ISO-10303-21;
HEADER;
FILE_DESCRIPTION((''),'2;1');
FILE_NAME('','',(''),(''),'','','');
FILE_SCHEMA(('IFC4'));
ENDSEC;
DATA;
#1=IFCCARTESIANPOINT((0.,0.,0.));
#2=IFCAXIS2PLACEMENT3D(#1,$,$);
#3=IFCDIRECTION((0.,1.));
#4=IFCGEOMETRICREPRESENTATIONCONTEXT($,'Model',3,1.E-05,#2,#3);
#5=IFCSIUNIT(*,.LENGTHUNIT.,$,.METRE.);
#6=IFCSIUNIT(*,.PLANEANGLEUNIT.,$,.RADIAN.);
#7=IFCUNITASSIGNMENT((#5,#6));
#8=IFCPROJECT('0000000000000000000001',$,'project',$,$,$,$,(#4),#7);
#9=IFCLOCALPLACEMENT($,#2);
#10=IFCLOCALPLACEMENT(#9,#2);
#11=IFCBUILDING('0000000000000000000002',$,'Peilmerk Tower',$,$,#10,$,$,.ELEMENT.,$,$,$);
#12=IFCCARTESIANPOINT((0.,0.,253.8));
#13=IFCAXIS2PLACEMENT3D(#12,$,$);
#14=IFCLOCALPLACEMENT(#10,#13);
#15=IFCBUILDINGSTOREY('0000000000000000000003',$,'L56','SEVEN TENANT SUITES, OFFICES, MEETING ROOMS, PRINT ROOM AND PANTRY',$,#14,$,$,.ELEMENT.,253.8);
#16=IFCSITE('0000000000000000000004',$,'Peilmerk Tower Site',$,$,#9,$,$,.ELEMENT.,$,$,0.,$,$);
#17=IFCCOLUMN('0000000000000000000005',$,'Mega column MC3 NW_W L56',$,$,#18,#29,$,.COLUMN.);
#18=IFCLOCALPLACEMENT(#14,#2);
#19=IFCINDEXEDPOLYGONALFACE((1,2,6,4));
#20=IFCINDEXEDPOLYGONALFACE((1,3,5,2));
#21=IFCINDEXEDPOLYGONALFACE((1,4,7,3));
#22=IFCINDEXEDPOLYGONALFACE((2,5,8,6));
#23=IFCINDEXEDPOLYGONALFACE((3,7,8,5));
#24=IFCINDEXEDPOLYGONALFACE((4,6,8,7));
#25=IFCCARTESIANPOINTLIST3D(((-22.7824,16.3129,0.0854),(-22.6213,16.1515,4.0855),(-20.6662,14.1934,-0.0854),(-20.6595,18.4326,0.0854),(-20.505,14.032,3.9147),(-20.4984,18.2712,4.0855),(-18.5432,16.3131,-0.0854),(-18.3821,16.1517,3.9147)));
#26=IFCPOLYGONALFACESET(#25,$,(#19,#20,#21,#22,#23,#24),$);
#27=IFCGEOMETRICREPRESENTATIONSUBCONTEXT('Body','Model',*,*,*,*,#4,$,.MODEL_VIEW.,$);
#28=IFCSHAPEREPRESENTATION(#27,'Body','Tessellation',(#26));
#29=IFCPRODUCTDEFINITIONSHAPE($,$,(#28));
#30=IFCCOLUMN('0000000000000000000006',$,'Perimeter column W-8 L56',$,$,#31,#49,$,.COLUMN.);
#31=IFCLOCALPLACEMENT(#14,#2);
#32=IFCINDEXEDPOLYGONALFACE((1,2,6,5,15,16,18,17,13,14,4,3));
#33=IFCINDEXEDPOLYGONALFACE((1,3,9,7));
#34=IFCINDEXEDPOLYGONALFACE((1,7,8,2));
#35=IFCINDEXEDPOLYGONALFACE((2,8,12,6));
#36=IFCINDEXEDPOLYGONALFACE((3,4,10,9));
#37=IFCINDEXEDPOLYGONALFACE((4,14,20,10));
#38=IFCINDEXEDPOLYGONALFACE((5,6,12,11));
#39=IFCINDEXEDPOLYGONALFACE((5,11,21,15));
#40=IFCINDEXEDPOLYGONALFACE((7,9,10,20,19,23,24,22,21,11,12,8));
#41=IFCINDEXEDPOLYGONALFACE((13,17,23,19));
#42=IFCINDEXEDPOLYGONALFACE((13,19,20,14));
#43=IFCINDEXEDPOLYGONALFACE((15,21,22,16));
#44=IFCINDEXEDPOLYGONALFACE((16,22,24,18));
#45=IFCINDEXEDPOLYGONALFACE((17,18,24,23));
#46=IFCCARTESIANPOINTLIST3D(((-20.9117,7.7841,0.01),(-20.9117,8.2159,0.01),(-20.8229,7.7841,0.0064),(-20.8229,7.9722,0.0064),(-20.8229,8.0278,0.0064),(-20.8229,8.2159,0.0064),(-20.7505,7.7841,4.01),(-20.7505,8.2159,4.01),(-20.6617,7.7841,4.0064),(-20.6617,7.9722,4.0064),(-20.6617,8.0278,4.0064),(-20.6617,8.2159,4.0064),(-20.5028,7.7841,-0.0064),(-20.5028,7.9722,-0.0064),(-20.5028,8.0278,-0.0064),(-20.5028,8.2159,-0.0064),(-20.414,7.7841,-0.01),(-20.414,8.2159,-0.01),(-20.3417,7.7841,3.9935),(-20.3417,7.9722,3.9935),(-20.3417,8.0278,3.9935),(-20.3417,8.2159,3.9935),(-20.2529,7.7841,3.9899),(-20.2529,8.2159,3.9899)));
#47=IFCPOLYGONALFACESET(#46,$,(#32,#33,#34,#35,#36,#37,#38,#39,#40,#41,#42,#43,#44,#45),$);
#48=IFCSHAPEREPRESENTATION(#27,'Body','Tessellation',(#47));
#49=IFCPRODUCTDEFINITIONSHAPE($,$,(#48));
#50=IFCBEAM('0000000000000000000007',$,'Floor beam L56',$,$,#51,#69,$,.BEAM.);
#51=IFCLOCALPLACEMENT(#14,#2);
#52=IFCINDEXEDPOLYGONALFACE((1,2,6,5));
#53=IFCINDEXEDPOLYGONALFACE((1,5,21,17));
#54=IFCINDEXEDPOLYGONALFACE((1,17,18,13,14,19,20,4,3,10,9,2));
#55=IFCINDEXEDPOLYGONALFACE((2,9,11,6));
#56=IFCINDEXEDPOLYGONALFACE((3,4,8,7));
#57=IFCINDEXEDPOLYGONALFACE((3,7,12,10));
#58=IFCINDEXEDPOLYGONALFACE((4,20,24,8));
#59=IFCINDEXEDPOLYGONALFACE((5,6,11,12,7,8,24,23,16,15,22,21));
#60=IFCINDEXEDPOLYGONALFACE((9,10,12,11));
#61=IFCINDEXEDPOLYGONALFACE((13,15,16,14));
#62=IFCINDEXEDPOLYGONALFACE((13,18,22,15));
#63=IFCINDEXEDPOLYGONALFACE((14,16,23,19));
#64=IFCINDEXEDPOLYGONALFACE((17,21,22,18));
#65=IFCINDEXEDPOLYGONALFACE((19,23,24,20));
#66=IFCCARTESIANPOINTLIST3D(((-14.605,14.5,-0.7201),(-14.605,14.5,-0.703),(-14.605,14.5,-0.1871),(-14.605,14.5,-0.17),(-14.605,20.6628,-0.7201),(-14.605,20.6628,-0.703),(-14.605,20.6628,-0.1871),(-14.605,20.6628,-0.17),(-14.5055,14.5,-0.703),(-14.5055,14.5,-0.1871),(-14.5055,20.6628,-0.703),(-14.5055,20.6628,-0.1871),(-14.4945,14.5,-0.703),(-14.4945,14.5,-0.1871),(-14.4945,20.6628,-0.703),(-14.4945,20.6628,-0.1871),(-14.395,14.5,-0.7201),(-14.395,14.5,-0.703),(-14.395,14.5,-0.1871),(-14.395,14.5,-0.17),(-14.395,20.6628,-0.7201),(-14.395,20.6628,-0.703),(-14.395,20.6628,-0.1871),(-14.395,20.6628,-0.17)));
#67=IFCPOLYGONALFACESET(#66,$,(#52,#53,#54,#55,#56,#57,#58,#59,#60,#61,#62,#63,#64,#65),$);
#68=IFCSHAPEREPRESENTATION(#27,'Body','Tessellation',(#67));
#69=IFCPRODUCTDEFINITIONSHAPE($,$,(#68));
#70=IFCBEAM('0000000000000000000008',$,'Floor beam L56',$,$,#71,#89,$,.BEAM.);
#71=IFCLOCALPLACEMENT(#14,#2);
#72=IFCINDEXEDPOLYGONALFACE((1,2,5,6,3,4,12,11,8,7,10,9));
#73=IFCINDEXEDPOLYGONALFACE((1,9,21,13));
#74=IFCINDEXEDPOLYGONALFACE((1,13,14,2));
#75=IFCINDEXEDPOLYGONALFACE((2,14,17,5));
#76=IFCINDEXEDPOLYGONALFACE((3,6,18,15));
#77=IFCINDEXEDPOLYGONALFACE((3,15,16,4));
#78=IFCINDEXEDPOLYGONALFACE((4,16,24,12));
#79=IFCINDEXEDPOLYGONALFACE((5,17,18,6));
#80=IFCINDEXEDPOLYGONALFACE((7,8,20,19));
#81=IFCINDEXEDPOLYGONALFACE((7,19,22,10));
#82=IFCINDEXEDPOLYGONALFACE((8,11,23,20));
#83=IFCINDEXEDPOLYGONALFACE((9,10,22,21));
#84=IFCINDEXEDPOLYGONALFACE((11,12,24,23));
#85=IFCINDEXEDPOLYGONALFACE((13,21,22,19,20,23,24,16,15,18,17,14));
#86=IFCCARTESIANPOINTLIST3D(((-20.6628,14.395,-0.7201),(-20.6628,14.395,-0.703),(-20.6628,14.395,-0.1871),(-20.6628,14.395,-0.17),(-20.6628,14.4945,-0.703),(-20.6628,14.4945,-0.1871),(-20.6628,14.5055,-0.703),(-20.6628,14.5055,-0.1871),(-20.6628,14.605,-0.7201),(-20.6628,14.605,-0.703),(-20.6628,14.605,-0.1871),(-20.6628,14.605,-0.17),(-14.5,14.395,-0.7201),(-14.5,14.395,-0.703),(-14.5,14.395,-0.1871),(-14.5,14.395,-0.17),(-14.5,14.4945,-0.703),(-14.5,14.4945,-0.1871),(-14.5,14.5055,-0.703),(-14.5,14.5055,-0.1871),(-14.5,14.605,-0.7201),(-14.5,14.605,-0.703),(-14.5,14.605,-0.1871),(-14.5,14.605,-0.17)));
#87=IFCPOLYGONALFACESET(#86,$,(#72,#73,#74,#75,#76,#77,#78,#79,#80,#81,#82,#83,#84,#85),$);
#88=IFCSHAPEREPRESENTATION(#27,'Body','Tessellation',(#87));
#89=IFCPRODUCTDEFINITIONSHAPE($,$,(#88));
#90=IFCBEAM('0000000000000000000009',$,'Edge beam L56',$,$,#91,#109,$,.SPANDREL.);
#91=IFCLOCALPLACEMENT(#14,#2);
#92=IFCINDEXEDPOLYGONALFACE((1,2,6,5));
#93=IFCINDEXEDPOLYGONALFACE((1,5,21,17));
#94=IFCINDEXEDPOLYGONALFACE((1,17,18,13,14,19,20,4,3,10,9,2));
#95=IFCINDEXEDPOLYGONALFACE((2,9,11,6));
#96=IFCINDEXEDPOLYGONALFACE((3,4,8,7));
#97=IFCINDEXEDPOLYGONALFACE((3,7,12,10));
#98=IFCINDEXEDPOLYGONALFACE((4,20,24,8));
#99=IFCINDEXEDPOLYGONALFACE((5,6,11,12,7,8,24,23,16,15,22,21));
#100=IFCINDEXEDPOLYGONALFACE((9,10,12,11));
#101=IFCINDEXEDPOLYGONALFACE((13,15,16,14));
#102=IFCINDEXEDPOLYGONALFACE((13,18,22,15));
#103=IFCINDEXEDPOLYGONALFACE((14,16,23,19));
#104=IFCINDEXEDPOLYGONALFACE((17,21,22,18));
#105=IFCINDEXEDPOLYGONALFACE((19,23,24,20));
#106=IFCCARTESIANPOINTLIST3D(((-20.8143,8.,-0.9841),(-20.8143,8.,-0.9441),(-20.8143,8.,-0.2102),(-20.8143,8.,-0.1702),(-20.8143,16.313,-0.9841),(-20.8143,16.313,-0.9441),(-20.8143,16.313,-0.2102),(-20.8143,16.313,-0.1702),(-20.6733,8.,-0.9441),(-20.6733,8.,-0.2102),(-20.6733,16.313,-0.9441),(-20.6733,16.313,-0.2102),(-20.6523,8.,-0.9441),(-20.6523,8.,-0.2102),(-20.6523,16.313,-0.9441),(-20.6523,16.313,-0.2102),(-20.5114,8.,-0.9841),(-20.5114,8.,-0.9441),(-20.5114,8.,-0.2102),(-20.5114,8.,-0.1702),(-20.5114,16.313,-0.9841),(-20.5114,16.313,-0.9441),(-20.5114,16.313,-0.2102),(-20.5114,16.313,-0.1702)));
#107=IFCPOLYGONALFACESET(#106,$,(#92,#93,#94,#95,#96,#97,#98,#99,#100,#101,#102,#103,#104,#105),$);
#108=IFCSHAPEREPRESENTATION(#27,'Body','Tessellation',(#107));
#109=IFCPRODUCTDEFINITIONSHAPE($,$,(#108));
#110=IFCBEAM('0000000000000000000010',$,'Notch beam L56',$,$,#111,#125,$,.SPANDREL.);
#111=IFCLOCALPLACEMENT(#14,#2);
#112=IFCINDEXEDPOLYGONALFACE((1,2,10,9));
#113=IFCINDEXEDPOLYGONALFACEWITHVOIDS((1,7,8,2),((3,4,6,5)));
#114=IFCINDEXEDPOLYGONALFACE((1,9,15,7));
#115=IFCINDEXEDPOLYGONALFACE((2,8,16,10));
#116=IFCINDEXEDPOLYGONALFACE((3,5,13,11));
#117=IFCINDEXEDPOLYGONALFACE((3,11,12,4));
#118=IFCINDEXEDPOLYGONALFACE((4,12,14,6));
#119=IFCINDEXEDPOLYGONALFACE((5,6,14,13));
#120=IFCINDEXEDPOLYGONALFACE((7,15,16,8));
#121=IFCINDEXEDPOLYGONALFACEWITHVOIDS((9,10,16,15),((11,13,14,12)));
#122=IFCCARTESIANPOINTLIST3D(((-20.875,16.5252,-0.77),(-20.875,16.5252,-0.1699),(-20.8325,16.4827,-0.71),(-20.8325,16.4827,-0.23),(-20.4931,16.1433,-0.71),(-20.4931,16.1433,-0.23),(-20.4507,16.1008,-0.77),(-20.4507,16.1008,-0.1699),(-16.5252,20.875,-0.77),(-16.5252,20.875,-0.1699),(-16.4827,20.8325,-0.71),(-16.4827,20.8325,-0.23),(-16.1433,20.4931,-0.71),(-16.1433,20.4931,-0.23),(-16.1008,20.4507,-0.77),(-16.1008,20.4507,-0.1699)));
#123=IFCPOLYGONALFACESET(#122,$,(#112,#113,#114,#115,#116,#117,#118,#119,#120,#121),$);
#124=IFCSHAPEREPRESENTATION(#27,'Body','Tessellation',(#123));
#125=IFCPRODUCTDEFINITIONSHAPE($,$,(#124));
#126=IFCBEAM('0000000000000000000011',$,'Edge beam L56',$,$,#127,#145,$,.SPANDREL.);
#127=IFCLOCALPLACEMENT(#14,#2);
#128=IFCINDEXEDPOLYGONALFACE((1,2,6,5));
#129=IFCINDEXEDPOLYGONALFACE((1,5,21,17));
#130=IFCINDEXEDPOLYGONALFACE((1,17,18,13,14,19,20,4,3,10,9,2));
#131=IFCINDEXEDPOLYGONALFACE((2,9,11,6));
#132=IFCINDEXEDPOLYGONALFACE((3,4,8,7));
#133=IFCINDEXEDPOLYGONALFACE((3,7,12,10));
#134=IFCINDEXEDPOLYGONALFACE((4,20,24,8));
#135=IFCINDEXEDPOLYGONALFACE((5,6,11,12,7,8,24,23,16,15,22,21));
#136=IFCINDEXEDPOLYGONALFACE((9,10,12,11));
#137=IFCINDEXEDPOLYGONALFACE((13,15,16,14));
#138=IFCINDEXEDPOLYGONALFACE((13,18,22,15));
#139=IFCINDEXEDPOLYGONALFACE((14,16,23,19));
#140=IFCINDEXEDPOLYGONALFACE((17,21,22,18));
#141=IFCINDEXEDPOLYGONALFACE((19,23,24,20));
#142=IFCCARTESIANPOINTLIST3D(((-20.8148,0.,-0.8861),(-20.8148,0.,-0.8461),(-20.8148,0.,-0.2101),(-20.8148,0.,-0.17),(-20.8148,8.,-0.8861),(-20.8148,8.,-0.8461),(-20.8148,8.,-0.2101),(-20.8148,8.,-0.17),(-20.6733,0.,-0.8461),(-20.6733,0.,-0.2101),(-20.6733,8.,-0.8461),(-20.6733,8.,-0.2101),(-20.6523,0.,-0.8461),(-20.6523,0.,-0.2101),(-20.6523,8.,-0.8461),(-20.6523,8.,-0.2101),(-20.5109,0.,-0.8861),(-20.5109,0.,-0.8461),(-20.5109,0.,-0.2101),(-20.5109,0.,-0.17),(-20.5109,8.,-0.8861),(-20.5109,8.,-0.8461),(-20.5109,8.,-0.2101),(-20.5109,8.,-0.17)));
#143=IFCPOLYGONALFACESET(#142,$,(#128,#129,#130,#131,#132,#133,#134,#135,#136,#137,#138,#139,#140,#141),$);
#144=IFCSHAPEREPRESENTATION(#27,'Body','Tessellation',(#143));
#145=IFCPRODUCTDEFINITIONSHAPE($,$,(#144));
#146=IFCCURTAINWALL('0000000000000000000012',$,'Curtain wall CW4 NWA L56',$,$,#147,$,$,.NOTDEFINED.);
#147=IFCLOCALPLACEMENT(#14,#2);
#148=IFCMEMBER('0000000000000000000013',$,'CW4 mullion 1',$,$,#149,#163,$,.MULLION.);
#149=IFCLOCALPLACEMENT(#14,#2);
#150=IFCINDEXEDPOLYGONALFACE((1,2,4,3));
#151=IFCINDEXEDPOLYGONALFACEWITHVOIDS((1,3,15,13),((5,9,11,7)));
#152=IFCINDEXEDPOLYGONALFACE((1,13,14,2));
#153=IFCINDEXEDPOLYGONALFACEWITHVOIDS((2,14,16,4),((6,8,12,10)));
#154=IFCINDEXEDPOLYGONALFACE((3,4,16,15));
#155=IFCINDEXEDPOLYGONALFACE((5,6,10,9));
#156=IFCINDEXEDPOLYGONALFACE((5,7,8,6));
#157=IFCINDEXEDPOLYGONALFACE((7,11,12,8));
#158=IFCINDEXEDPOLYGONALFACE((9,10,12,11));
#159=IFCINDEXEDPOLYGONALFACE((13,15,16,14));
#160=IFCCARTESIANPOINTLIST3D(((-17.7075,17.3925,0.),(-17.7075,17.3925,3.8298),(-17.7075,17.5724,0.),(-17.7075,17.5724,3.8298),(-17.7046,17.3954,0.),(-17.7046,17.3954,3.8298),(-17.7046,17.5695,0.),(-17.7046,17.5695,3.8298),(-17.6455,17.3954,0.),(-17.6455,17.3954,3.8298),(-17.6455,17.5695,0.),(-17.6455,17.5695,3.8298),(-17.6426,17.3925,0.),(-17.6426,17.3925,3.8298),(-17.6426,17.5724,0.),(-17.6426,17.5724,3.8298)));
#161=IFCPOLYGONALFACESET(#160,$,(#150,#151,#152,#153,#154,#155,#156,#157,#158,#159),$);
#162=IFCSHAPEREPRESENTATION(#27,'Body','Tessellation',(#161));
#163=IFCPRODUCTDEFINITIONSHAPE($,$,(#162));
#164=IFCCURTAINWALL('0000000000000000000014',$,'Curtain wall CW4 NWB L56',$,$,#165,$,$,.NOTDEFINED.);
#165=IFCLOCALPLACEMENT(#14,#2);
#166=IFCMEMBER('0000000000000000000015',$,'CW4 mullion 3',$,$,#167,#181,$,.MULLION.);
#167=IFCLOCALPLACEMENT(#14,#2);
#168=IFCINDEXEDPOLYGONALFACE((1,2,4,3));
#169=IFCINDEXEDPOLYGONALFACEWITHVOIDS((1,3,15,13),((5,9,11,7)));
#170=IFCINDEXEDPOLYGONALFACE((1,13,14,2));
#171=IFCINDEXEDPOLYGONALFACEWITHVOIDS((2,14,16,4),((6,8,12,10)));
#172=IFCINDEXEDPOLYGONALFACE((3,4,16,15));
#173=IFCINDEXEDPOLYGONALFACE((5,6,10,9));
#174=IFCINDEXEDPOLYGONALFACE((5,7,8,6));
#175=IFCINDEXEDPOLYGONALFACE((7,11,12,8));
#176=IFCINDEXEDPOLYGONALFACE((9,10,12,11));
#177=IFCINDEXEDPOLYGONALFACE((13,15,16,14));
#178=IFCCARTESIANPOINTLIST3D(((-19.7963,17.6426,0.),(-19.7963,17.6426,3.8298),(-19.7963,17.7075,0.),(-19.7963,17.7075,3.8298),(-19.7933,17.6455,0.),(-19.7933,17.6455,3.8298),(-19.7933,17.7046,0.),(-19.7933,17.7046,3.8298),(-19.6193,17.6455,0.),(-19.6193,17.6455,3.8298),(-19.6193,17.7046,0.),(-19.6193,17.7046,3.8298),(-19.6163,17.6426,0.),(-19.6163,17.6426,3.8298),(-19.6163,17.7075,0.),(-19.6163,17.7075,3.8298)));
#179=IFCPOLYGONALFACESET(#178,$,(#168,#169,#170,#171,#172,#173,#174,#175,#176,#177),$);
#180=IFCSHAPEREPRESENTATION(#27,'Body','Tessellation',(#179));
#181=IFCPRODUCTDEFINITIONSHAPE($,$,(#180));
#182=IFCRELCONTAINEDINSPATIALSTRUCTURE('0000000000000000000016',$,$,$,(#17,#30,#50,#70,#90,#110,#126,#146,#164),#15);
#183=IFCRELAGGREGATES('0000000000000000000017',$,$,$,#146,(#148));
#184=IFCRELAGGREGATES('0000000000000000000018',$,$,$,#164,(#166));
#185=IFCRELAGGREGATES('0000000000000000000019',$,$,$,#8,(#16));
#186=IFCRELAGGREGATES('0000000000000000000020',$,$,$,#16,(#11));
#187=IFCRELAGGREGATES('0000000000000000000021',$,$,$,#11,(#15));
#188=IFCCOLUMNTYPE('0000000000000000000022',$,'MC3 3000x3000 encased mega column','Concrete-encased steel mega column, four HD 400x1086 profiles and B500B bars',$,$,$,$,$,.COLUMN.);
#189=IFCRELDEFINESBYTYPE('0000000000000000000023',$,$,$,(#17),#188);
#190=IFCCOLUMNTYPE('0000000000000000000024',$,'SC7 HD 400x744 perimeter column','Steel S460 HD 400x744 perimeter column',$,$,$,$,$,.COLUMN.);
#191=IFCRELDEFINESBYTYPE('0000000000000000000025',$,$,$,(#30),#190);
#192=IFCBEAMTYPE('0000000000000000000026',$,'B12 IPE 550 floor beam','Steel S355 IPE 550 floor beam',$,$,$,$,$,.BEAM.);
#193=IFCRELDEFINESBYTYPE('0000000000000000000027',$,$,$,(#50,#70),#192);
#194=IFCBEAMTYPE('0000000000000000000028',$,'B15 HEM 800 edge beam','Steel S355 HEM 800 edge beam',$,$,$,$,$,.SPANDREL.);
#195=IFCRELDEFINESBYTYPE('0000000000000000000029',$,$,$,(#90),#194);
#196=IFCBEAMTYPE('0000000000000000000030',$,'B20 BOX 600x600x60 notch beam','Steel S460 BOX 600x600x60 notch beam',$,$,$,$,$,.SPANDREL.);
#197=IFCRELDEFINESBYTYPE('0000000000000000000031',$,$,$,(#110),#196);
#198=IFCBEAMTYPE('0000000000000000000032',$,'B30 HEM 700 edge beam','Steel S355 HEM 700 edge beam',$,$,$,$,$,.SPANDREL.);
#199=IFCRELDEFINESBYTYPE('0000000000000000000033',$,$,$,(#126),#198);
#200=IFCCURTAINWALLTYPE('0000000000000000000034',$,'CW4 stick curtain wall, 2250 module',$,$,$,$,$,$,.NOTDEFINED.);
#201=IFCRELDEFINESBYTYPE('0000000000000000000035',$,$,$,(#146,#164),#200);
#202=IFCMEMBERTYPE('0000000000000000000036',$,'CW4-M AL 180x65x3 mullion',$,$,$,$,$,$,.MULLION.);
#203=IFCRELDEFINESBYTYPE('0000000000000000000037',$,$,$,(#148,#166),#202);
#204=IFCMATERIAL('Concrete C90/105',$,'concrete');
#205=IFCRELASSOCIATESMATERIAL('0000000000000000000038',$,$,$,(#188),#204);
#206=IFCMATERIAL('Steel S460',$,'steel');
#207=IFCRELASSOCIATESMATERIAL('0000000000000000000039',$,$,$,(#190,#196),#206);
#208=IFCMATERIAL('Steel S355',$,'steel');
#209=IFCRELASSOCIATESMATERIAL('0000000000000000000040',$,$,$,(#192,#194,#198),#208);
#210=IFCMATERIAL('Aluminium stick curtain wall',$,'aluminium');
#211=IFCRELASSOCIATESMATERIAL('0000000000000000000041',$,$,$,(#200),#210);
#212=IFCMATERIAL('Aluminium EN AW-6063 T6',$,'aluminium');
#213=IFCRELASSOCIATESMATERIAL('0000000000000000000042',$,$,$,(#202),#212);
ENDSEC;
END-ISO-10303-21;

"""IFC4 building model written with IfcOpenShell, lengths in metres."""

from ifc_helpers import new_model, si_unit, direction, frame, origin, origin_2d, place, context, subcontext, project, spatial, rectangle, hollow_rectangle, i_section, extrude, material, material_profile, profile_set, type_object, element, aggregate, save


model = new_model("IFC4")

# Units and contexts
model_context = context("Model", 3, precision=1e-05, world=origin(), true_north=direction((0.0, 1.0)))
body_context = subcontext(model_context, "Body", "Model", "MODEL_VIEW")
ifc_project = project(units=[si_unit("LENGTHUNIT", "METRE"), si_unit("PLANEANGLEUNIT", "RADIAN")], contexts=[model_context])

# Site, building, storey
site_placement = place(None, origin())
site = spatial("IfcSite", under=ifc_project, at=site_placement, Name="Peilmerk Tower Site", CompositionType="ELEMENT", RefElevation=0.0)
building_placement = place(site_placement, origin())
building = spatial("IfcBuilding", under=site, at=building_placement, Name="Peilmerk Tower", CompositionType="ELEMENT")
storey_placement = place(building_placement, frame((0.0, 0.0, 253.8)))
storey = spatial("IfcBuildingStorey", under=building, at=storey_placement, Name="L56", Description="SEVEN TENANT SUITES, OFFICES, MEETING ROOMS, PRINT ROOM AND PANTRY", CompositionType="ELEMENT", Elevation=253.8)

# Columns
ifc_material_1 = material(Name="Concrete C90/105", Category="concrete")
ifc_material_profile_1 = material_profile(ifc_material_1, rectangle(XDim=3.0, YDim=3.0, at=origin_2d()), Name="RC 3000x3000")
ifc_profile_set_1 = profile_set([ifc_material_profile_1], Name="Concrete C90/105")
column_type_1 = type_object("IfcColumnType", Name="MC3 3000x3000 encased mega column", Description="Concrete-encased steel mega column, four HD 400x1086 profiles and B500B bars", PredefinedType="COLUMN", material=ifc_profile_set_1)
column_1_placement = place(storey_placement, frame((-20.6628, 16.313, 0.0), z_axis=(0.040218, -0.040279, 0.998379), x_axis=(0.707642, 0.706571, 0.0)))
element("IfcColumn", 1, at=column_1_placement, inside=storey, type_object=column_type_1, Name="Mega column MC3 NW_W L56", PredefinedType="COLUMN", context=body_context, shape_type="SweptSolid", body=[
    extrude(rectangle(XDim=3.0, YDim=3.0, at=origin_2d()), origin(), (0.0, 0.0, 1.0), 4.0066),
])
ifc_material_2 = material(Name="Steel S460", Category="steel")
ifc_material_profile_2 = material_profile(ifc_material_2, i_section(OverallWidth=0.4319, OverallDepth=0.498, WebThickness=0.0557, FlangeThickness=0.0889, at=origin_2d()), Name="HD 400x744")
ifc_profile_set_2 = profile_set([ifc_material_profile_2], Name="Steel S460")
column_type_2 = type_object("IfcColumnType", Name="SC7 HD 400x744 perimeter column", Description="Steel S460 HD 400x744 perimeter column", PredefinedType="COLUMN", material=ifc_profile_set_2)
column_2_placement = place(storey_placement, frame((-20.6628, 8.0, 0.0), z_axis=(0.040251, 0.0, 0.99919), x_axis=(0.0, 1.0, 0.0)))
element("IfcColumn", 2, at=column_2_placement, inside=storey, type_object=column_type_2, Name="Perimeter column W-8 L56", PredefinedType="COLUMN", context=body_context, shape_type="SweptSolid", body=[
    extrude(i_section(OverallWidth=0.4319, OverallDepth=0.498, WebThickness=0.0557, FlangeThickness=0.0889, at=origin_2d()), origin(), (0.0, 0.0, 1.0), 4.0032),
])

# Beams
ifc_material_3 = material(Name="Steel S355", Category="steel")
ifc_material_profile_3 = material_profile(ifc_material_3, i_section(OverallWidth=0.21, OverallDepth=0.55, WebThickness=0.011, FlangeThickness=0.0171, at=origin_2d()), Name="IPE 550")
ifc_profile_set_3 = profile_set([ifc_material_profile_3], Name="Steel S355")
beam_type_1 = type_object("IfcBeamType", Name="B12 IPE 550 floor beam", Description="Steel S355 IPE 550 floor beam", PredefinedType="BEAM", material=ifc_profile_set_3)
for number, where, z_axis, x_axis, name in (
    (3, (-14.5, 14.5, -0.4451), (0.0, 1.0, 0.0), (-1.0, 0.0, 0.0), "Floor beam L56"),
    (4, (-14.5, 14.5, -0.4451), (-1.0, 0.0, 0.0), (0.0, -1.0, 0.0), "Floor beam L56"),
):
    element("IfcBeam", number, at=place(storey_placement, frame(where, z_axis=z_axis, x_axis=x_axis)), inside=storey, type_object=beam_type_1, Name=name, PredefinedType="BEAM", context=body_context, shape_type="SweptSolid", body=[
        extrude(i_section(OverallWidth=0.21, OverallDepth=0.55, WebThickness=0.011, FlangeThickness=0.0171, at=origin_2d()), origin(), (0.0, 0.0, 1.0), 6.1628),
    ])
ifc_material_profile_4 = material_profile(ifc_material_3, i_section(OverallWidth=0.303, OverallDepth=0.814, WebThickness=0.021, FlangeThickness=0.04, at=origin_2d()), Name="HEM 800")
ifc_profile_set_4 = profile_set([ifc_material_profile_4], Name="Steel S355")
beam_type_2 = type_object("IfcBeamType", Name="B15 HEM 800 edge beam", Description="Steel S355 HEM 800 edge beam", PredefinedType="SPANDREL", material=ifc_profile_set_4)
beam_1_placement = place(storey_placement, frame((-20.6628, 16.313, -0.5771), z_axis=(0.0, -1.0, 0.0), x_axis=(1.0, 0.0, 0.0)))
element("IfcBeam", 5, at=beam_1_placement, inside=storey, type_object=beam_type_2, Name="Edge beam L56", PredefinedType="SPANDREL", context=body_context, shape_type="SweptSolid", body=[
    extrude(i_section(OverallWidth=0.303, OverallDepth=0.814, WebThickness=0.021, FlangeThickness=0.04, at=origin_2d()), origin(), (0.0, 0.0, 1.0), 8.313),
])
ifc_material_profile_5 = material_profile(ifc_material_2, hollow_rectangle(XDim=0.6001, YDim=0.6001, WallThickness=0.0601, at=origin_2d()), Name="BOX 600x600x60")
ifc_profile_set_5 = profile_set([ifc_material_profile_5], Name="Steel S460")
beam_type_3 = type_object("IfcBeamType", Name="B20 BOX 600x600x60 notch beam", Description="Steel S460 BOX 600x600x60 notch beam", PredefinedType="SPANDREL", material=ifc_profile_set_5)
beam_2_placement = place(storey_placement, frame((-20.6628, 16.313, -0.47), z_axis=(0.707107, 0.707107, 0.0), x_axis=(-0.707107, 0.707107, 0.0)))
element("IfcBeam", 6, at=beam_2_placement, inside=storey, type_object=beam_type_3, Name="Notch beam L56", PredefinedType="SPANDREL", context=body_context, shape_type="SweptSolid", body=[
    extrude(hollow_rectangle(XDim=0.6001, YDim=0.6001, WallThickness=0.0601, at=origin_2d()), origin(), (0.0, 0.0, 1.0), 6.1516),
])
ifc_material_profile_6 = material_profile(ifc_material_3, i_section(OverallWidth=0.304, OverallDepth=0.7161, WebThickness=0.021, FlangeThickness=0.04, at=origin_2d()), Name="HEM 700")
ifc_profile_set_6 = profile_set([ifc_material_profile_6], Name="Steel S355")
beam_type_4 = type_object("IfcBeamType", Name="B30 HEM 700 edge beam", Description="Steel S355 HEM 700 edge beam", PredefinedType="SPANDREL", material=ifc_profile_set_6)
beam_3_placement = place(storey_placement, frame((-20.6628, 8.0, -0.5281), z_axis=(0.0, -1.0, 0.0), x_axis=(1.0, 0.0, 0.0)))
element("IfcBeam", 7, at=beam_3_placement, inside=storey, type_object=beam_type_4, Name="Edge beam L56", PredefinedType="SPANDREL", context=body_context, shape_type="SweptSolid", body=[
    extrude(i_section(OverallWidth=0.304, OverallDepth=0.7161, WebThickness=0.021, FlangeThickness=0.04, at=origin_2d()), origin(), (0.0, 0.0, 1.0), 8.0),
])

# Curtain walls, members
ifc_material_4 = material(Name="Aluminium stick curtain wall", Category="aluminium")
curtain_wall_type = type_object("IfcCurtainWallType", Name="CW4 stick curtain wall, 2250 module", PredefinedType="NOTDEFINED", material=ifc_material_4)
curtain_wall_1_placement = place(storey_placement, origin())
curtain_wall_1 = element("IfcCurtainWall", 8, at=curtain_wall_1_placement, inside=storey, type_object=curtain_wall_type, Name="Curtain wall CW4 NWA L56", PredefinedType="NOTDEFINED")
ifc_material_5 = material(Name="Aluminium EN AW-6063 T6", Category="aluminium")
ifc_material_profile_7 = material_profile(ifc_material_5, hollow_rectangle(XDim=0.0649, YDim=0.1799, WallThickness=0.0029, at=origin_2d()), Name="AL 180x65x3")
ifc_profile_set_7 = profile_set([ifc_material_profile_7], Name="Aluminium EN AW-6063 T6")
member_type_1 = type_object("IfcMemberType", Name="CW4-M AL 180x65x3 mullion", PredefinedType="MULLION", material=ifc_profile_set_7)
member_1_placement = place(storey_placement, frame((-17.675, 17.4824, 0.0), z_axis=(0.0, 0.0, 1.0), x_axis=(-1.0, 0.0, 0.0)))
member_1 = element("IfcMember", 9, at=member_1_placement, type_object=member_type_1, Name="CW4 mullion 1", PredefinedType="MULLION", context=body_context, shape_type="SweptSolid", body=[
    extrude(hollow_rectangle(XDim=0.0649, YDim=0.1799, WallThickness=0.0029, at=origin_2d()), origin(), (0.0, 0.0, 1.0), 3.8298),
])
curtain_wall_2_placement = place(storey_placement, origin())
curtain_wall_2 = element("IfcCurtainWall", 10, at=curtain_wall_2_placement, inside=storey, type_object=curtain_wall_type, Name="Curtain wall CW4 NWB L56", PredefinedType="NOTDEFINED")
member_2_placement = place(storey_placement, frame((-19.7063, 17.675, 0.0), z_axis=(0.0, 0.0, 1.0), x_axis=(0.0, -1.0, 0.0)))
member_2 = element("IfcMember", 11, at=member_2_placement, type_object=member_type_1, Name="CW4 mullion 3", PredefinedType="MULLION", context=body_context, shape_type="SweptSolid", body=[
    extrude(hollow_rectangle(XDim=0.0649, YDim=0.1799, WallThickness=0.0029, at=origin_2d()), origin(), (0.0, 0.0, 1.0), 3.8298),
])

aggregate(curtain_wall_1, [member_1])

aggregate(curtain_wall_2, [member_2])

save(model, "model.ifc")
